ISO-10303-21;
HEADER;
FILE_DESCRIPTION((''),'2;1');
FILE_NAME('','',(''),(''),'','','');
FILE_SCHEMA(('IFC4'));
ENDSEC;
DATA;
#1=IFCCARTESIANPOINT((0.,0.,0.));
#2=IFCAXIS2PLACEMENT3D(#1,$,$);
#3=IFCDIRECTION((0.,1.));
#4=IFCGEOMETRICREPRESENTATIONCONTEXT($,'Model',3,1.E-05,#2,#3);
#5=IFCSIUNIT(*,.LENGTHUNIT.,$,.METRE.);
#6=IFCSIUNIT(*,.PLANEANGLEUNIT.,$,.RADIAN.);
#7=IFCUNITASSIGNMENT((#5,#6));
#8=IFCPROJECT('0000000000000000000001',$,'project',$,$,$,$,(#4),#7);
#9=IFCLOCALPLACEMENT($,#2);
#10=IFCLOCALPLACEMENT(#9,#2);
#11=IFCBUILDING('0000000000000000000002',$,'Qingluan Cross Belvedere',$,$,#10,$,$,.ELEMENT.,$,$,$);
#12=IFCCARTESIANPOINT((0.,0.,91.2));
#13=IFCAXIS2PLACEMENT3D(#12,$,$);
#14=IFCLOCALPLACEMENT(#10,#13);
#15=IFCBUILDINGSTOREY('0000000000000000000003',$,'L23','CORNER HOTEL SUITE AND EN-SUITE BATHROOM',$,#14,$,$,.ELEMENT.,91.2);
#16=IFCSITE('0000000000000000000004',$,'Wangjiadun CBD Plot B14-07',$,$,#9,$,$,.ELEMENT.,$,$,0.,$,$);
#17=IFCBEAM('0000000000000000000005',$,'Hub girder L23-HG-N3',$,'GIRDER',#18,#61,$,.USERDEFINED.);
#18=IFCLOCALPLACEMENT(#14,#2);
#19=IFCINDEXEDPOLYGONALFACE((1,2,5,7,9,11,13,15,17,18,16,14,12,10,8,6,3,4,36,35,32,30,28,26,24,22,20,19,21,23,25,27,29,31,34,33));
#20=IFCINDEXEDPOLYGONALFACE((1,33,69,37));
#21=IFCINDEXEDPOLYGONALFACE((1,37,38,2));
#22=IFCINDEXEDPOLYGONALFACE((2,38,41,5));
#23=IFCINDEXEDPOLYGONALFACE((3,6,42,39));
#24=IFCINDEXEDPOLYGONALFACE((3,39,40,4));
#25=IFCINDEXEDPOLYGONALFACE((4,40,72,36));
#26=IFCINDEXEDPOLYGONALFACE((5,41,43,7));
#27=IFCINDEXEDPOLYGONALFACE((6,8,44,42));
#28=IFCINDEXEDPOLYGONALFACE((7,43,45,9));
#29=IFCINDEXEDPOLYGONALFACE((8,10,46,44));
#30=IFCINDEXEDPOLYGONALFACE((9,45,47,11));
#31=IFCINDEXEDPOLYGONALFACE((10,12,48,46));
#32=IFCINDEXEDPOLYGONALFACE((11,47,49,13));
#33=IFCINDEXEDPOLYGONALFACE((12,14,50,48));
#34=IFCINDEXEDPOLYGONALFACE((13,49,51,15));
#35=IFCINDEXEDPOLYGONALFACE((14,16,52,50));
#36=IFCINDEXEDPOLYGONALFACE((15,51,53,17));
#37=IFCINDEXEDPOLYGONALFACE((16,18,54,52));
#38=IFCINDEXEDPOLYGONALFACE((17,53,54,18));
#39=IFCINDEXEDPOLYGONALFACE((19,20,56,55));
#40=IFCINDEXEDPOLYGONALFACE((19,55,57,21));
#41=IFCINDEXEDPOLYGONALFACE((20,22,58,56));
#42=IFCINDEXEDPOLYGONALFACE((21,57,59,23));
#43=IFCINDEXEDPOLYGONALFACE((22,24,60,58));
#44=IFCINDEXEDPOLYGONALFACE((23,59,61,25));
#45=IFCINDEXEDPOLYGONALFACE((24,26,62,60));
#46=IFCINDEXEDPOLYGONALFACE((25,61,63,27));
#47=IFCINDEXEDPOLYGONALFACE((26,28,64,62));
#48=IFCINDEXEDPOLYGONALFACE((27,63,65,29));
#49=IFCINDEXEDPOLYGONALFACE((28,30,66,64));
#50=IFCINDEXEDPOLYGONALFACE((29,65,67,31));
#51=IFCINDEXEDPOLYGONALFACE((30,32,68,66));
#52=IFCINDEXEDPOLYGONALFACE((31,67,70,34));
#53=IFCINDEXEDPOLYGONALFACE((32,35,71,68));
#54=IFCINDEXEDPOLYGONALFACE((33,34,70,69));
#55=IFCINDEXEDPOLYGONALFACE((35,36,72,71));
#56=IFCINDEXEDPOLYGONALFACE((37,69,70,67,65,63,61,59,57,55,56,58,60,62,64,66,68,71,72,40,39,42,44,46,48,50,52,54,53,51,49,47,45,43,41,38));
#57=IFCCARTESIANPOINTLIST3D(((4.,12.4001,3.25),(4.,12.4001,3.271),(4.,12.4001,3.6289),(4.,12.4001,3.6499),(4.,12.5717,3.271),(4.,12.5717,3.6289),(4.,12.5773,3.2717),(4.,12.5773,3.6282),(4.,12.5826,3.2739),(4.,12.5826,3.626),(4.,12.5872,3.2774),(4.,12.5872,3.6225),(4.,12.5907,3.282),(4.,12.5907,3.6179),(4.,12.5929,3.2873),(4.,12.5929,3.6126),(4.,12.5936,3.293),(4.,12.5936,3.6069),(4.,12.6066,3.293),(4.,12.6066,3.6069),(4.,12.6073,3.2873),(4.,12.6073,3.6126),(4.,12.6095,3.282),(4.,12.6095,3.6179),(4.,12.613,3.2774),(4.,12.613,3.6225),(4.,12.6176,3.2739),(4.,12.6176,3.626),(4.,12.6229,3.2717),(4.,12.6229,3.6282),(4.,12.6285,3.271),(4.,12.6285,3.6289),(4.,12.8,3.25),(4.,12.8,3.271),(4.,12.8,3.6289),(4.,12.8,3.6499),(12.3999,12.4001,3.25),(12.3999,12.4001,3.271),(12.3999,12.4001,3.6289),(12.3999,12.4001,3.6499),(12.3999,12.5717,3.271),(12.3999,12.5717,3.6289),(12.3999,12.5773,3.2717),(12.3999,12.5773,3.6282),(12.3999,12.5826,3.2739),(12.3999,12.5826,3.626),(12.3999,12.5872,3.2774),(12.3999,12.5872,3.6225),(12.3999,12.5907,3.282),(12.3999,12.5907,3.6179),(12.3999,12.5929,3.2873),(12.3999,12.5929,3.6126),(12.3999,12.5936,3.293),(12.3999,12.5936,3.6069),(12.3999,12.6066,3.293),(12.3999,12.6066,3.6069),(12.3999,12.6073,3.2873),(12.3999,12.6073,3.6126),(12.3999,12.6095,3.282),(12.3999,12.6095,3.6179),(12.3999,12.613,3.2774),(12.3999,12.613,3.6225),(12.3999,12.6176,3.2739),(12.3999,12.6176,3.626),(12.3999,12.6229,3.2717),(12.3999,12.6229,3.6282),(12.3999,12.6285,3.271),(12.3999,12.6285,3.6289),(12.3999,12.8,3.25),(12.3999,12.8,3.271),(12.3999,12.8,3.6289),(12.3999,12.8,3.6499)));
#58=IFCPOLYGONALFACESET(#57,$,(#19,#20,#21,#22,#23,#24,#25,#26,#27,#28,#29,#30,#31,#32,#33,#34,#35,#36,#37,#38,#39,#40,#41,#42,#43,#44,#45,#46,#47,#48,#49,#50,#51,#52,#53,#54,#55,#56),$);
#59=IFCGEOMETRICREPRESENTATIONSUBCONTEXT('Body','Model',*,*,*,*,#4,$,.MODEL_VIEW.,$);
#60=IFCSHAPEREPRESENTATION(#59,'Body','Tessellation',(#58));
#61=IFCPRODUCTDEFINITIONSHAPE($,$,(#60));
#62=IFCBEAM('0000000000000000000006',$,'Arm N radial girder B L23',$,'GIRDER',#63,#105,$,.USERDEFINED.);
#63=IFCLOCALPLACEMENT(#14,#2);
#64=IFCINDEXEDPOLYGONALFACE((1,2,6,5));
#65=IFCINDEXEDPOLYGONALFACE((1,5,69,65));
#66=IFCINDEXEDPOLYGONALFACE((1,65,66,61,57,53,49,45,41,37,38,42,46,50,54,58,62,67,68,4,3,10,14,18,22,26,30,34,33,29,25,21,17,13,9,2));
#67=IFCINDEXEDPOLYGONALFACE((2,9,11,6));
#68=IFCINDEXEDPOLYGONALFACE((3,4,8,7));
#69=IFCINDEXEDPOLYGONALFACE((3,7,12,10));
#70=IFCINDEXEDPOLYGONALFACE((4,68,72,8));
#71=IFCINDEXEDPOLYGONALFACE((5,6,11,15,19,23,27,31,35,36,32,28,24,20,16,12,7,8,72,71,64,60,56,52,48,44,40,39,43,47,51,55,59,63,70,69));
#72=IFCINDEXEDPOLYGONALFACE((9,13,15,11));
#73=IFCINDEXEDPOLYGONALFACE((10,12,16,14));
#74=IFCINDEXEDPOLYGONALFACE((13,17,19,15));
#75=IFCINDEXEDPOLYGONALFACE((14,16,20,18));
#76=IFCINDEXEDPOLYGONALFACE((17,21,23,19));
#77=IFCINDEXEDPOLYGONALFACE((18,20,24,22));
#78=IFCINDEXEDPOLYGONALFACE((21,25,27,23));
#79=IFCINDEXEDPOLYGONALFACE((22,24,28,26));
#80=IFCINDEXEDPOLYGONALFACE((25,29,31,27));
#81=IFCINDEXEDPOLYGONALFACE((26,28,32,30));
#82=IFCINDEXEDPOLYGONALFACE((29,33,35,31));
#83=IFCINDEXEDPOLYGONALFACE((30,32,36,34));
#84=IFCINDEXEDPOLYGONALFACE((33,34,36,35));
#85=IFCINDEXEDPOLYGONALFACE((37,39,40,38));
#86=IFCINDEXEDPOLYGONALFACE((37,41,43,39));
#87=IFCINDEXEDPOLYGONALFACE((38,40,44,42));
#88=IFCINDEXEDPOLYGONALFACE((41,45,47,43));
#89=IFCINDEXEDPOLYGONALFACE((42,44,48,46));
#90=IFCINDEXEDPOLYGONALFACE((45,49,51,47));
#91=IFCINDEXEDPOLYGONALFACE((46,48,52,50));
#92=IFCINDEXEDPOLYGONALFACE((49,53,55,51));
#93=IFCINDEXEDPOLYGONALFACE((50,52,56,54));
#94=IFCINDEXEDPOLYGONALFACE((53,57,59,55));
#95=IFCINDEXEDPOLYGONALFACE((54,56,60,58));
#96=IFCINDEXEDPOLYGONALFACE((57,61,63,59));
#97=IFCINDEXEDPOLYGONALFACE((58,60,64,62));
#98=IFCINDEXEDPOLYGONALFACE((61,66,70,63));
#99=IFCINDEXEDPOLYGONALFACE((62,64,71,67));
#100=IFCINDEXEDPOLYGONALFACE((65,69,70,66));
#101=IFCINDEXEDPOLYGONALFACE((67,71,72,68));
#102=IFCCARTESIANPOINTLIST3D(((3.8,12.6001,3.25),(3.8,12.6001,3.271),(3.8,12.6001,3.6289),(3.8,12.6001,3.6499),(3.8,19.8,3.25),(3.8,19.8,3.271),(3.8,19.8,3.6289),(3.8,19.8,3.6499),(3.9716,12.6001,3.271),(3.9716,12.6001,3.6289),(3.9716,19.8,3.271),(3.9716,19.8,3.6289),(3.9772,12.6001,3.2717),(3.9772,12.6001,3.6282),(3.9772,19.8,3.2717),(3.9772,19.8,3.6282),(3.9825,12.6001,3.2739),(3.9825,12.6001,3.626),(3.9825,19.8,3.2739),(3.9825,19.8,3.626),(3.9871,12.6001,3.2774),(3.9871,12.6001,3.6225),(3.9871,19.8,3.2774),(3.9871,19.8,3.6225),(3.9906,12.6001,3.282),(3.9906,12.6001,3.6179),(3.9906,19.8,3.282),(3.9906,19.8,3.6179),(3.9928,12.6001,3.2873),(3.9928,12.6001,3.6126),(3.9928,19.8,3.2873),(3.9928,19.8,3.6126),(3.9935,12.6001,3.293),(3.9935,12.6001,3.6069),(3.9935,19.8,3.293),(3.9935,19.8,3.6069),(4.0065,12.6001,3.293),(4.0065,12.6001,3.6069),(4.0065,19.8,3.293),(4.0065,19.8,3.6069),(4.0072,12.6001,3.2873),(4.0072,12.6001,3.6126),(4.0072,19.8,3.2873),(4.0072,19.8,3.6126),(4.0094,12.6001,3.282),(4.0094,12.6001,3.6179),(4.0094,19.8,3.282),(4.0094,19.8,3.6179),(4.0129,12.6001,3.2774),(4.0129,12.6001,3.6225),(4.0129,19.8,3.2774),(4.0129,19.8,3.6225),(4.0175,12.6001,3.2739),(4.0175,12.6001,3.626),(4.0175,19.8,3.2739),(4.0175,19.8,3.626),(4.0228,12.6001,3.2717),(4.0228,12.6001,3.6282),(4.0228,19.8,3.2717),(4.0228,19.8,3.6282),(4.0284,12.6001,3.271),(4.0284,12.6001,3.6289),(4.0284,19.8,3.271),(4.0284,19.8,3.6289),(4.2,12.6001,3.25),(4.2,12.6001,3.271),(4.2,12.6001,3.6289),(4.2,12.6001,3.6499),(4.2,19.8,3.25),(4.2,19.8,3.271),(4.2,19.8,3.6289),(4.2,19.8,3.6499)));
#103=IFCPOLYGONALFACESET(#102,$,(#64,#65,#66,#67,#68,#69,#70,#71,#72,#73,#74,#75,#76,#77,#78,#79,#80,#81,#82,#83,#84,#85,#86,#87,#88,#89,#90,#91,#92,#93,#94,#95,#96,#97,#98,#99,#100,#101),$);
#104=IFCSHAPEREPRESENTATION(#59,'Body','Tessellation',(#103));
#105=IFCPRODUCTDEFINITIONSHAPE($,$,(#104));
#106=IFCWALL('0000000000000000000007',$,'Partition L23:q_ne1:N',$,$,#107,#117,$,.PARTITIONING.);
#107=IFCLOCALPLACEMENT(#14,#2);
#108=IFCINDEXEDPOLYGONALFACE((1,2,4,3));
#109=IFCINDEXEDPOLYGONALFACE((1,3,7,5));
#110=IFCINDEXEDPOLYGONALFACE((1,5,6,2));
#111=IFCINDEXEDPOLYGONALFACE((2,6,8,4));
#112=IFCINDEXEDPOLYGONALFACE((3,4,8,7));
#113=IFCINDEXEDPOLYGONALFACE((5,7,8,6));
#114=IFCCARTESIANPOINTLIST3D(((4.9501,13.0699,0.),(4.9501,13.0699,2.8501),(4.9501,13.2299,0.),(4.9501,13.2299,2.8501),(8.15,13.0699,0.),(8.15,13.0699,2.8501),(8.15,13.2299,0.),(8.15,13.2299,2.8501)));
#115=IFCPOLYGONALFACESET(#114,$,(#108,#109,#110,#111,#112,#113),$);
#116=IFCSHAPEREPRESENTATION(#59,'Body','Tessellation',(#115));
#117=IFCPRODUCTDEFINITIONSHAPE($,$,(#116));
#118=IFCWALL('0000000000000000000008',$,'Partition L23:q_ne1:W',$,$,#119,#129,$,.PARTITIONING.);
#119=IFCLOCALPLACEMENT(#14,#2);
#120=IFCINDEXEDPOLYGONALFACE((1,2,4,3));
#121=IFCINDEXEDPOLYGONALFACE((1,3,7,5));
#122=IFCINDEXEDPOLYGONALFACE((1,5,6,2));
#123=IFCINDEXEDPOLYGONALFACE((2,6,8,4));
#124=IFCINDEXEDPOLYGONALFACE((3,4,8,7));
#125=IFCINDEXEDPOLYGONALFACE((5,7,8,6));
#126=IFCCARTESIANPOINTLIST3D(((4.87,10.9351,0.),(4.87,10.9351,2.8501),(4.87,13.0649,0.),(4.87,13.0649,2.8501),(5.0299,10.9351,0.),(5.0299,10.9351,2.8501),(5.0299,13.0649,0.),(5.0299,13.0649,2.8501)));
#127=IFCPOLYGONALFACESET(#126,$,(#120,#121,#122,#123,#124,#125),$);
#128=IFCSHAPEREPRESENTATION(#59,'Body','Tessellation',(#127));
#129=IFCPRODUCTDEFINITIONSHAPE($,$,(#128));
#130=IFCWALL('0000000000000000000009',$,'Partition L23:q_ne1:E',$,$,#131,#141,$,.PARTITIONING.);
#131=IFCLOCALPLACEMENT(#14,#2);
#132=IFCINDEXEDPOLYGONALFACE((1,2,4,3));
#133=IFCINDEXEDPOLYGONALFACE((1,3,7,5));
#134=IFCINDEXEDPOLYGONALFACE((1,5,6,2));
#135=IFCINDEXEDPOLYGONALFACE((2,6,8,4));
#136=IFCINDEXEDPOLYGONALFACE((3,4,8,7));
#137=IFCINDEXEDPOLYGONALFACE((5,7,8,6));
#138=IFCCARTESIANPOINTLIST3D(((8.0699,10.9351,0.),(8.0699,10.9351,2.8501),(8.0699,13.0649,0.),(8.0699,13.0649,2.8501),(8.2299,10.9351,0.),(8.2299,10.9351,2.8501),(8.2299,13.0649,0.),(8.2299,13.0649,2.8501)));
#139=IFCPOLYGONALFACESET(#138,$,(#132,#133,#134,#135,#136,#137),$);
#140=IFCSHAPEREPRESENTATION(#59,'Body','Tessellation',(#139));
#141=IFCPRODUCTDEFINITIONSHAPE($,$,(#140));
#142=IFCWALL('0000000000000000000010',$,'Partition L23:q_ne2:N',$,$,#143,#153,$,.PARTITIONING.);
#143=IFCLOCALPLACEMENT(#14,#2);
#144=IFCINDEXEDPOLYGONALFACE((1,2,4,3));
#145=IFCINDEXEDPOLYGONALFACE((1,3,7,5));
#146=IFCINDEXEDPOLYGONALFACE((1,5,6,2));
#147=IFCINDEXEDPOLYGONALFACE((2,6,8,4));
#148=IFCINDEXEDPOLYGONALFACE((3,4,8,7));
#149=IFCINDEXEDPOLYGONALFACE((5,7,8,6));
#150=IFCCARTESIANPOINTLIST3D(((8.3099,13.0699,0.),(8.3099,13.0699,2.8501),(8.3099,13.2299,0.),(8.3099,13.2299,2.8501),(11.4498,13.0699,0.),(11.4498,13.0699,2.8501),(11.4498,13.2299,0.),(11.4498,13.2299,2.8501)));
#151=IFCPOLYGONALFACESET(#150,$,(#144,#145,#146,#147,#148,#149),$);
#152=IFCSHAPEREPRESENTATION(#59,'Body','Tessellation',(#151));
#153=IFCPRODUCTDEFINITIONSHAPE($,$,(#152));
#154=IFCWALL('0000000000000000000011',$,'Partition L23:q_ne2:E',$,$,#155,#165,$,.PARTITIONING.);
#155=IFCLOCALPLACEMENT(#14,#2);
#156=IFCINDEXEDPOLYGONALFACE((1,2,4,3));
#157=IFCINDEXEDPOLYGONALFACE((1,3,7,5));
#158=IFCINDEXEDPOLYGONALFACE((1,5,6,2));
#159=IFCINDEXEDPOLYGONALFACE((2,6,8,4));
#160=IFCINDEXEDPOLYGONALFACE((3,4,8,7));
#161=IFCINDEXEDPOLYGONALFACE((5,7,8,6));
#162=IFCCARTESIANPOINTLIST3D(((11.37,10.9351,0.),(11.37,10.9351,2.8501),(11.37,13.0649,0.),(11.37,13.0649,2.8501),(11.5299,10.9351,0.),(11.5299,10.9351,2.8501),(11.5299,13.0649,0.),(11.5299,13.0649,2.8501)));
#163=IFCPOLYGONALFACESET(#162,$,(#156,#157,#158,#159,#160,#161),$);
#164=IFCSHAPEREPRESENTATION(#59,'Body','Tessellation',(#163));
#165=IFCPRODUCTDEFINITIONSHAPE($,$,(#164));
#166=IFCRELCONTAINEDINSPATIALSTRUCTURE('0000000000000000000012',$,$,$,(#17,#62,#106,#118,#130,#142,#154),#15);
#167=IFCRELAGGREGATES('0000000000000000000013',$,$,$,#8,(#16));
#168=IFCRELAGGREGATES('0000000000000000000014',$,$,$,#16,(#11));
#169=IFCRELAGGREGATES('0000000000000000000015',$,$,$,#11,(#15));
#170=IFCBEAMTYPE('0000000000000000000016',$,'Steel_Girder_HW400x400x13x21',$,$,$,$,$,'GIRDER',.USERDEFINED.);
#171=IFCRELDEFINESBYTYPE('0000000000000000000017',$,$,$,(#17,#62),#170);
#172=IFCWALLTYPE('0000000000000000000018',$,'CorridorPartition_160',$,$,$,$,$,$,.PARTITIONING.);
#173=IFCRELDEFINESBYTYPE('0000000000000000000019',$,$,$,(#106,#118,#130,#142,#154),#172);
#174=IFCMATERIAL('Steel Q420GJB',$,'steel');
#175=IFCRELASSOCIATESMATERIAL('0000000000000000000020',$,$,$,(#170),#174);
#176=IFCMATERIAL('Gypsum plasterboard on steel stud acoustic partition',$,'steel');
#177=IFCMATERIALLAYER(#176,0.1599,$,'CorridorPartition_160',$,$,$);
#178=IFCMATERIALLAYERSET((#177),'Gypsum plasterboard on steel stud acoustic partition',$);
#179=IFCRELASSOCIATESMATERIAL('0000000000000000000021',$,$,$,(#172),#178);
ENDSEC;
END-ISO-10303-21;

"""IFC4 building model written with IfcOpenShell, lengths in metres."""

from ifc_helpers import new_model, si_unit, direction, frame, frame_2d, origin, origin_2d, place, context, subcontext, project, spatial, rectangle, i_section, extrude, material, layer, layer_set, material_profile, profile_set, type_object, element, save


model = new_model("IFC4")

# Units and contexts
model_context = context("Model", 3, precision=1e-05, world=origin(), true_north=direction((0.0, 1.0)))
body_context = subcontext(model_context, "Body", "Model", "MODEL_VIEW")
ifc_project = project(units=[si_unit("LENGTHUNIT", "METRE"), si_unit("PLANEANGLEUNIT", "RADIAN")], contexts=[model_context])

# Site, building, storey
site_placement = place(None, origin())
site = spatial("IfcSite", under=ifc_project, at=site_placement, Name="Wangjiadun CBD Plot B14-07", CompositionType="ELEMENT", RefElevation=0.0)
building_placement = place(site_placement, origin())
building = spatial("IfcBuilding", under=site, at=building_placement, Name="Qingluan Cross Belvedere", CompositionType="ELEMENT")
storey_placement = place(building_placement, frame((0.0, 0.0, 91.2)))
storey = spatial("IfcBuildingStorey", under=building, at=storey_placement, Name="L23", Description="CORNER HOTEL SUITE AND EN-SUITE BATHROOM", CompositionType="ELEMENT", Elevation=91.2)

# Beams
ifc_material_1 = material(Name="Steel Q420GJB", Category="steel")
ifc_material_profile_1 = material_profile(ifc_material_1, i_section(OverallWidth=0.3999, OverallDepth=0.3999, WebThickness=0.0129, FlangeThickness=0.021, FilletRadius=0.022, at=origin_2d()), Name="HW400x400x13x21")
ifc_profile_set_1 = profile_set([ifc_material_profile_1], Name="Steel Q420GJB")
beam_type_1 = type_object("IfcBeamType", Name="Steel_Girder_HW400x400x13x21", ElementType="GIRDER", PredefinedType="USERDEFINED", material=ifc_profile_set_1)
beam_1_placement = place(storey_placement, frame((4.0, 12.6001, 3.45), z_axis=(1.0, 0.0, 0.0), x_axis=(0.0, 1.0, 0.0)))
element("IfcBeam", 1, at=beam_1_placement, inside=storey, type_object=beam_type_1, Name="Hub girder L23-HG-N3", ObjectType="GIRDER", PredefinedType="USERDEFINED", context=body_context, shape_type="SweptSolid", body=[
    extrude(i_section(OverallWidth=0.3999, OverallDepth=0.3999, WebThickness=0.0129, FlangeThickness=0.021, FilletRadius=0.022, at=origin_2d()), origin(), (0.0, 0.0, 1.0), 8.3999),
])
beam_2_placement = place(storey_placement, frame((4.0, 12.6001, 3.45), z_axis=(0.0, 1.0, 0.0), x_axis=(-1.0, 0.0, 0.0)))
element("IfcBeam", 2, at=beam_2_placement, inside=storey, type_object=beam_type_1, Name="Arm N radial girder B L23", ObjectType="GIRDER", PredefinedType="USERDEFINED", context=body_context, shape_type="SweptSolid", body=[
    extrude(i_section(OverallWidth=0.3999, OverallDepth=0.3999, WebThickness=0.0129, FlangeThickness=0.021, FilletRadius=0.022, at=origin_2d()), origin(), (0.0, 0.0, 1.0), 7.2),
])

# Walls
ifc_material_2 = material(Name="Gypsum plasterboard on steel stud acoustic partition", Category="steel")
ifc_layer_1 = layer(ifc_material_2, 0.1599, Name="CorridorPartition_160")
ifc_layer_set_1 = layer_set([ifc_layer_1], Name="Gypsum plasterboard on steel stud acoustic partition")
wall_type_1 = type_object("IfcWallType", Name="CorridorPartition_160", PredefinedType="PARTITIONING", material=ifc_layer_set_1)
wall_1_placement = place(storey_placement, frame((4.95, 13.1499, 0.0), z_axis=(0.0, 0.0, 1.0), x_axis=(1.0, 0.0, 0.0)))
element("IfcWall", 3, at=wall_1_placement, inside=storey, type_object=wall_type_1, Name="Partition L23:q_ne1:N", PredefinedType="PARTITIONING", context=body_context, shape_type="SweptSolid", body=[
    extrude(rectangle(XDim=3.2, YDim=0.1599, at=frame_2d((1.6001, 0.0))), origin(), (0.0, 0.0, 1.0), 2.8501),
])
for number, where, z_axis, x_axis, name in (
    (4, (4.95, 10.9351, 0.0), (0.0, 0.0, 1.0), (0.0, 1.0, 0.0), "Partition L23:q_ne1:W"),
    (5, (8.1499, 10.9351, 0.0), (0.0, 0.0, 1.0), (0.0, 1.0, 0.0), "Partition L23:q_ne1:E"),
):
    element("IfcWall", number, at=place(storey_placement, frame(where, z_axis=z_axis, x_axis=x_axis)), inside=storey, type_object=wall_type_1, Name=name, PredefinedType="PARTITIONING", context=body_context, shape_type="SweptSolid", body=[
        extrude(rectangle(XDim=2.1299, YDim=0.1599, at=frame_2d((1.0649, 0.0))), origin(), (0.0, 0.0, 1.0), 2.8501),
    ])
wall_2_placement = place(storey_placement, frame((8.3101, 13.1499, 0.0), z_axis=(0.0, 0.0, 1.0), x_axis=(1.0, 0.0, 0.0)))
element("IfcWall", 6, at=wall_2_placement, inside=storey, type_object=wall_type_1, Name="Partition L23:q_ne2:N", PredefinedType="PARTITIONING", context=body_context, shape_type="SweptSolid", body=[
    extrude(rectangle(XDim=3.1399, YDim=0.1599, at=frame_2d((1.5698, 0.0))), origin(), (0.0, 0.0, 1.0), 2.8501),
])
wall_3_placement = place(storey_placement, frame((11.45, 10.9351, 0.0), z_axis=(0.0, 0.0, 1.0), x_axis=(0.0, 1.0, 0.0)))
element("IfcWall", 7, at=wall_3_placement, inside=storey, type_object=wall_type_1, Name="Partition L23:q_ne2:E", PredefinedType="PARTITIONING", context=body_context, shape_type="SweptSolid", body=[
    extrude(rectangle(XDim=2.1299, YDim=0.1599, at=frame_2d((1.0649, 0.0))), origin(), (0.0, 0.0, 1.0), 2.8501),
])

save(model, "model.ifc")
